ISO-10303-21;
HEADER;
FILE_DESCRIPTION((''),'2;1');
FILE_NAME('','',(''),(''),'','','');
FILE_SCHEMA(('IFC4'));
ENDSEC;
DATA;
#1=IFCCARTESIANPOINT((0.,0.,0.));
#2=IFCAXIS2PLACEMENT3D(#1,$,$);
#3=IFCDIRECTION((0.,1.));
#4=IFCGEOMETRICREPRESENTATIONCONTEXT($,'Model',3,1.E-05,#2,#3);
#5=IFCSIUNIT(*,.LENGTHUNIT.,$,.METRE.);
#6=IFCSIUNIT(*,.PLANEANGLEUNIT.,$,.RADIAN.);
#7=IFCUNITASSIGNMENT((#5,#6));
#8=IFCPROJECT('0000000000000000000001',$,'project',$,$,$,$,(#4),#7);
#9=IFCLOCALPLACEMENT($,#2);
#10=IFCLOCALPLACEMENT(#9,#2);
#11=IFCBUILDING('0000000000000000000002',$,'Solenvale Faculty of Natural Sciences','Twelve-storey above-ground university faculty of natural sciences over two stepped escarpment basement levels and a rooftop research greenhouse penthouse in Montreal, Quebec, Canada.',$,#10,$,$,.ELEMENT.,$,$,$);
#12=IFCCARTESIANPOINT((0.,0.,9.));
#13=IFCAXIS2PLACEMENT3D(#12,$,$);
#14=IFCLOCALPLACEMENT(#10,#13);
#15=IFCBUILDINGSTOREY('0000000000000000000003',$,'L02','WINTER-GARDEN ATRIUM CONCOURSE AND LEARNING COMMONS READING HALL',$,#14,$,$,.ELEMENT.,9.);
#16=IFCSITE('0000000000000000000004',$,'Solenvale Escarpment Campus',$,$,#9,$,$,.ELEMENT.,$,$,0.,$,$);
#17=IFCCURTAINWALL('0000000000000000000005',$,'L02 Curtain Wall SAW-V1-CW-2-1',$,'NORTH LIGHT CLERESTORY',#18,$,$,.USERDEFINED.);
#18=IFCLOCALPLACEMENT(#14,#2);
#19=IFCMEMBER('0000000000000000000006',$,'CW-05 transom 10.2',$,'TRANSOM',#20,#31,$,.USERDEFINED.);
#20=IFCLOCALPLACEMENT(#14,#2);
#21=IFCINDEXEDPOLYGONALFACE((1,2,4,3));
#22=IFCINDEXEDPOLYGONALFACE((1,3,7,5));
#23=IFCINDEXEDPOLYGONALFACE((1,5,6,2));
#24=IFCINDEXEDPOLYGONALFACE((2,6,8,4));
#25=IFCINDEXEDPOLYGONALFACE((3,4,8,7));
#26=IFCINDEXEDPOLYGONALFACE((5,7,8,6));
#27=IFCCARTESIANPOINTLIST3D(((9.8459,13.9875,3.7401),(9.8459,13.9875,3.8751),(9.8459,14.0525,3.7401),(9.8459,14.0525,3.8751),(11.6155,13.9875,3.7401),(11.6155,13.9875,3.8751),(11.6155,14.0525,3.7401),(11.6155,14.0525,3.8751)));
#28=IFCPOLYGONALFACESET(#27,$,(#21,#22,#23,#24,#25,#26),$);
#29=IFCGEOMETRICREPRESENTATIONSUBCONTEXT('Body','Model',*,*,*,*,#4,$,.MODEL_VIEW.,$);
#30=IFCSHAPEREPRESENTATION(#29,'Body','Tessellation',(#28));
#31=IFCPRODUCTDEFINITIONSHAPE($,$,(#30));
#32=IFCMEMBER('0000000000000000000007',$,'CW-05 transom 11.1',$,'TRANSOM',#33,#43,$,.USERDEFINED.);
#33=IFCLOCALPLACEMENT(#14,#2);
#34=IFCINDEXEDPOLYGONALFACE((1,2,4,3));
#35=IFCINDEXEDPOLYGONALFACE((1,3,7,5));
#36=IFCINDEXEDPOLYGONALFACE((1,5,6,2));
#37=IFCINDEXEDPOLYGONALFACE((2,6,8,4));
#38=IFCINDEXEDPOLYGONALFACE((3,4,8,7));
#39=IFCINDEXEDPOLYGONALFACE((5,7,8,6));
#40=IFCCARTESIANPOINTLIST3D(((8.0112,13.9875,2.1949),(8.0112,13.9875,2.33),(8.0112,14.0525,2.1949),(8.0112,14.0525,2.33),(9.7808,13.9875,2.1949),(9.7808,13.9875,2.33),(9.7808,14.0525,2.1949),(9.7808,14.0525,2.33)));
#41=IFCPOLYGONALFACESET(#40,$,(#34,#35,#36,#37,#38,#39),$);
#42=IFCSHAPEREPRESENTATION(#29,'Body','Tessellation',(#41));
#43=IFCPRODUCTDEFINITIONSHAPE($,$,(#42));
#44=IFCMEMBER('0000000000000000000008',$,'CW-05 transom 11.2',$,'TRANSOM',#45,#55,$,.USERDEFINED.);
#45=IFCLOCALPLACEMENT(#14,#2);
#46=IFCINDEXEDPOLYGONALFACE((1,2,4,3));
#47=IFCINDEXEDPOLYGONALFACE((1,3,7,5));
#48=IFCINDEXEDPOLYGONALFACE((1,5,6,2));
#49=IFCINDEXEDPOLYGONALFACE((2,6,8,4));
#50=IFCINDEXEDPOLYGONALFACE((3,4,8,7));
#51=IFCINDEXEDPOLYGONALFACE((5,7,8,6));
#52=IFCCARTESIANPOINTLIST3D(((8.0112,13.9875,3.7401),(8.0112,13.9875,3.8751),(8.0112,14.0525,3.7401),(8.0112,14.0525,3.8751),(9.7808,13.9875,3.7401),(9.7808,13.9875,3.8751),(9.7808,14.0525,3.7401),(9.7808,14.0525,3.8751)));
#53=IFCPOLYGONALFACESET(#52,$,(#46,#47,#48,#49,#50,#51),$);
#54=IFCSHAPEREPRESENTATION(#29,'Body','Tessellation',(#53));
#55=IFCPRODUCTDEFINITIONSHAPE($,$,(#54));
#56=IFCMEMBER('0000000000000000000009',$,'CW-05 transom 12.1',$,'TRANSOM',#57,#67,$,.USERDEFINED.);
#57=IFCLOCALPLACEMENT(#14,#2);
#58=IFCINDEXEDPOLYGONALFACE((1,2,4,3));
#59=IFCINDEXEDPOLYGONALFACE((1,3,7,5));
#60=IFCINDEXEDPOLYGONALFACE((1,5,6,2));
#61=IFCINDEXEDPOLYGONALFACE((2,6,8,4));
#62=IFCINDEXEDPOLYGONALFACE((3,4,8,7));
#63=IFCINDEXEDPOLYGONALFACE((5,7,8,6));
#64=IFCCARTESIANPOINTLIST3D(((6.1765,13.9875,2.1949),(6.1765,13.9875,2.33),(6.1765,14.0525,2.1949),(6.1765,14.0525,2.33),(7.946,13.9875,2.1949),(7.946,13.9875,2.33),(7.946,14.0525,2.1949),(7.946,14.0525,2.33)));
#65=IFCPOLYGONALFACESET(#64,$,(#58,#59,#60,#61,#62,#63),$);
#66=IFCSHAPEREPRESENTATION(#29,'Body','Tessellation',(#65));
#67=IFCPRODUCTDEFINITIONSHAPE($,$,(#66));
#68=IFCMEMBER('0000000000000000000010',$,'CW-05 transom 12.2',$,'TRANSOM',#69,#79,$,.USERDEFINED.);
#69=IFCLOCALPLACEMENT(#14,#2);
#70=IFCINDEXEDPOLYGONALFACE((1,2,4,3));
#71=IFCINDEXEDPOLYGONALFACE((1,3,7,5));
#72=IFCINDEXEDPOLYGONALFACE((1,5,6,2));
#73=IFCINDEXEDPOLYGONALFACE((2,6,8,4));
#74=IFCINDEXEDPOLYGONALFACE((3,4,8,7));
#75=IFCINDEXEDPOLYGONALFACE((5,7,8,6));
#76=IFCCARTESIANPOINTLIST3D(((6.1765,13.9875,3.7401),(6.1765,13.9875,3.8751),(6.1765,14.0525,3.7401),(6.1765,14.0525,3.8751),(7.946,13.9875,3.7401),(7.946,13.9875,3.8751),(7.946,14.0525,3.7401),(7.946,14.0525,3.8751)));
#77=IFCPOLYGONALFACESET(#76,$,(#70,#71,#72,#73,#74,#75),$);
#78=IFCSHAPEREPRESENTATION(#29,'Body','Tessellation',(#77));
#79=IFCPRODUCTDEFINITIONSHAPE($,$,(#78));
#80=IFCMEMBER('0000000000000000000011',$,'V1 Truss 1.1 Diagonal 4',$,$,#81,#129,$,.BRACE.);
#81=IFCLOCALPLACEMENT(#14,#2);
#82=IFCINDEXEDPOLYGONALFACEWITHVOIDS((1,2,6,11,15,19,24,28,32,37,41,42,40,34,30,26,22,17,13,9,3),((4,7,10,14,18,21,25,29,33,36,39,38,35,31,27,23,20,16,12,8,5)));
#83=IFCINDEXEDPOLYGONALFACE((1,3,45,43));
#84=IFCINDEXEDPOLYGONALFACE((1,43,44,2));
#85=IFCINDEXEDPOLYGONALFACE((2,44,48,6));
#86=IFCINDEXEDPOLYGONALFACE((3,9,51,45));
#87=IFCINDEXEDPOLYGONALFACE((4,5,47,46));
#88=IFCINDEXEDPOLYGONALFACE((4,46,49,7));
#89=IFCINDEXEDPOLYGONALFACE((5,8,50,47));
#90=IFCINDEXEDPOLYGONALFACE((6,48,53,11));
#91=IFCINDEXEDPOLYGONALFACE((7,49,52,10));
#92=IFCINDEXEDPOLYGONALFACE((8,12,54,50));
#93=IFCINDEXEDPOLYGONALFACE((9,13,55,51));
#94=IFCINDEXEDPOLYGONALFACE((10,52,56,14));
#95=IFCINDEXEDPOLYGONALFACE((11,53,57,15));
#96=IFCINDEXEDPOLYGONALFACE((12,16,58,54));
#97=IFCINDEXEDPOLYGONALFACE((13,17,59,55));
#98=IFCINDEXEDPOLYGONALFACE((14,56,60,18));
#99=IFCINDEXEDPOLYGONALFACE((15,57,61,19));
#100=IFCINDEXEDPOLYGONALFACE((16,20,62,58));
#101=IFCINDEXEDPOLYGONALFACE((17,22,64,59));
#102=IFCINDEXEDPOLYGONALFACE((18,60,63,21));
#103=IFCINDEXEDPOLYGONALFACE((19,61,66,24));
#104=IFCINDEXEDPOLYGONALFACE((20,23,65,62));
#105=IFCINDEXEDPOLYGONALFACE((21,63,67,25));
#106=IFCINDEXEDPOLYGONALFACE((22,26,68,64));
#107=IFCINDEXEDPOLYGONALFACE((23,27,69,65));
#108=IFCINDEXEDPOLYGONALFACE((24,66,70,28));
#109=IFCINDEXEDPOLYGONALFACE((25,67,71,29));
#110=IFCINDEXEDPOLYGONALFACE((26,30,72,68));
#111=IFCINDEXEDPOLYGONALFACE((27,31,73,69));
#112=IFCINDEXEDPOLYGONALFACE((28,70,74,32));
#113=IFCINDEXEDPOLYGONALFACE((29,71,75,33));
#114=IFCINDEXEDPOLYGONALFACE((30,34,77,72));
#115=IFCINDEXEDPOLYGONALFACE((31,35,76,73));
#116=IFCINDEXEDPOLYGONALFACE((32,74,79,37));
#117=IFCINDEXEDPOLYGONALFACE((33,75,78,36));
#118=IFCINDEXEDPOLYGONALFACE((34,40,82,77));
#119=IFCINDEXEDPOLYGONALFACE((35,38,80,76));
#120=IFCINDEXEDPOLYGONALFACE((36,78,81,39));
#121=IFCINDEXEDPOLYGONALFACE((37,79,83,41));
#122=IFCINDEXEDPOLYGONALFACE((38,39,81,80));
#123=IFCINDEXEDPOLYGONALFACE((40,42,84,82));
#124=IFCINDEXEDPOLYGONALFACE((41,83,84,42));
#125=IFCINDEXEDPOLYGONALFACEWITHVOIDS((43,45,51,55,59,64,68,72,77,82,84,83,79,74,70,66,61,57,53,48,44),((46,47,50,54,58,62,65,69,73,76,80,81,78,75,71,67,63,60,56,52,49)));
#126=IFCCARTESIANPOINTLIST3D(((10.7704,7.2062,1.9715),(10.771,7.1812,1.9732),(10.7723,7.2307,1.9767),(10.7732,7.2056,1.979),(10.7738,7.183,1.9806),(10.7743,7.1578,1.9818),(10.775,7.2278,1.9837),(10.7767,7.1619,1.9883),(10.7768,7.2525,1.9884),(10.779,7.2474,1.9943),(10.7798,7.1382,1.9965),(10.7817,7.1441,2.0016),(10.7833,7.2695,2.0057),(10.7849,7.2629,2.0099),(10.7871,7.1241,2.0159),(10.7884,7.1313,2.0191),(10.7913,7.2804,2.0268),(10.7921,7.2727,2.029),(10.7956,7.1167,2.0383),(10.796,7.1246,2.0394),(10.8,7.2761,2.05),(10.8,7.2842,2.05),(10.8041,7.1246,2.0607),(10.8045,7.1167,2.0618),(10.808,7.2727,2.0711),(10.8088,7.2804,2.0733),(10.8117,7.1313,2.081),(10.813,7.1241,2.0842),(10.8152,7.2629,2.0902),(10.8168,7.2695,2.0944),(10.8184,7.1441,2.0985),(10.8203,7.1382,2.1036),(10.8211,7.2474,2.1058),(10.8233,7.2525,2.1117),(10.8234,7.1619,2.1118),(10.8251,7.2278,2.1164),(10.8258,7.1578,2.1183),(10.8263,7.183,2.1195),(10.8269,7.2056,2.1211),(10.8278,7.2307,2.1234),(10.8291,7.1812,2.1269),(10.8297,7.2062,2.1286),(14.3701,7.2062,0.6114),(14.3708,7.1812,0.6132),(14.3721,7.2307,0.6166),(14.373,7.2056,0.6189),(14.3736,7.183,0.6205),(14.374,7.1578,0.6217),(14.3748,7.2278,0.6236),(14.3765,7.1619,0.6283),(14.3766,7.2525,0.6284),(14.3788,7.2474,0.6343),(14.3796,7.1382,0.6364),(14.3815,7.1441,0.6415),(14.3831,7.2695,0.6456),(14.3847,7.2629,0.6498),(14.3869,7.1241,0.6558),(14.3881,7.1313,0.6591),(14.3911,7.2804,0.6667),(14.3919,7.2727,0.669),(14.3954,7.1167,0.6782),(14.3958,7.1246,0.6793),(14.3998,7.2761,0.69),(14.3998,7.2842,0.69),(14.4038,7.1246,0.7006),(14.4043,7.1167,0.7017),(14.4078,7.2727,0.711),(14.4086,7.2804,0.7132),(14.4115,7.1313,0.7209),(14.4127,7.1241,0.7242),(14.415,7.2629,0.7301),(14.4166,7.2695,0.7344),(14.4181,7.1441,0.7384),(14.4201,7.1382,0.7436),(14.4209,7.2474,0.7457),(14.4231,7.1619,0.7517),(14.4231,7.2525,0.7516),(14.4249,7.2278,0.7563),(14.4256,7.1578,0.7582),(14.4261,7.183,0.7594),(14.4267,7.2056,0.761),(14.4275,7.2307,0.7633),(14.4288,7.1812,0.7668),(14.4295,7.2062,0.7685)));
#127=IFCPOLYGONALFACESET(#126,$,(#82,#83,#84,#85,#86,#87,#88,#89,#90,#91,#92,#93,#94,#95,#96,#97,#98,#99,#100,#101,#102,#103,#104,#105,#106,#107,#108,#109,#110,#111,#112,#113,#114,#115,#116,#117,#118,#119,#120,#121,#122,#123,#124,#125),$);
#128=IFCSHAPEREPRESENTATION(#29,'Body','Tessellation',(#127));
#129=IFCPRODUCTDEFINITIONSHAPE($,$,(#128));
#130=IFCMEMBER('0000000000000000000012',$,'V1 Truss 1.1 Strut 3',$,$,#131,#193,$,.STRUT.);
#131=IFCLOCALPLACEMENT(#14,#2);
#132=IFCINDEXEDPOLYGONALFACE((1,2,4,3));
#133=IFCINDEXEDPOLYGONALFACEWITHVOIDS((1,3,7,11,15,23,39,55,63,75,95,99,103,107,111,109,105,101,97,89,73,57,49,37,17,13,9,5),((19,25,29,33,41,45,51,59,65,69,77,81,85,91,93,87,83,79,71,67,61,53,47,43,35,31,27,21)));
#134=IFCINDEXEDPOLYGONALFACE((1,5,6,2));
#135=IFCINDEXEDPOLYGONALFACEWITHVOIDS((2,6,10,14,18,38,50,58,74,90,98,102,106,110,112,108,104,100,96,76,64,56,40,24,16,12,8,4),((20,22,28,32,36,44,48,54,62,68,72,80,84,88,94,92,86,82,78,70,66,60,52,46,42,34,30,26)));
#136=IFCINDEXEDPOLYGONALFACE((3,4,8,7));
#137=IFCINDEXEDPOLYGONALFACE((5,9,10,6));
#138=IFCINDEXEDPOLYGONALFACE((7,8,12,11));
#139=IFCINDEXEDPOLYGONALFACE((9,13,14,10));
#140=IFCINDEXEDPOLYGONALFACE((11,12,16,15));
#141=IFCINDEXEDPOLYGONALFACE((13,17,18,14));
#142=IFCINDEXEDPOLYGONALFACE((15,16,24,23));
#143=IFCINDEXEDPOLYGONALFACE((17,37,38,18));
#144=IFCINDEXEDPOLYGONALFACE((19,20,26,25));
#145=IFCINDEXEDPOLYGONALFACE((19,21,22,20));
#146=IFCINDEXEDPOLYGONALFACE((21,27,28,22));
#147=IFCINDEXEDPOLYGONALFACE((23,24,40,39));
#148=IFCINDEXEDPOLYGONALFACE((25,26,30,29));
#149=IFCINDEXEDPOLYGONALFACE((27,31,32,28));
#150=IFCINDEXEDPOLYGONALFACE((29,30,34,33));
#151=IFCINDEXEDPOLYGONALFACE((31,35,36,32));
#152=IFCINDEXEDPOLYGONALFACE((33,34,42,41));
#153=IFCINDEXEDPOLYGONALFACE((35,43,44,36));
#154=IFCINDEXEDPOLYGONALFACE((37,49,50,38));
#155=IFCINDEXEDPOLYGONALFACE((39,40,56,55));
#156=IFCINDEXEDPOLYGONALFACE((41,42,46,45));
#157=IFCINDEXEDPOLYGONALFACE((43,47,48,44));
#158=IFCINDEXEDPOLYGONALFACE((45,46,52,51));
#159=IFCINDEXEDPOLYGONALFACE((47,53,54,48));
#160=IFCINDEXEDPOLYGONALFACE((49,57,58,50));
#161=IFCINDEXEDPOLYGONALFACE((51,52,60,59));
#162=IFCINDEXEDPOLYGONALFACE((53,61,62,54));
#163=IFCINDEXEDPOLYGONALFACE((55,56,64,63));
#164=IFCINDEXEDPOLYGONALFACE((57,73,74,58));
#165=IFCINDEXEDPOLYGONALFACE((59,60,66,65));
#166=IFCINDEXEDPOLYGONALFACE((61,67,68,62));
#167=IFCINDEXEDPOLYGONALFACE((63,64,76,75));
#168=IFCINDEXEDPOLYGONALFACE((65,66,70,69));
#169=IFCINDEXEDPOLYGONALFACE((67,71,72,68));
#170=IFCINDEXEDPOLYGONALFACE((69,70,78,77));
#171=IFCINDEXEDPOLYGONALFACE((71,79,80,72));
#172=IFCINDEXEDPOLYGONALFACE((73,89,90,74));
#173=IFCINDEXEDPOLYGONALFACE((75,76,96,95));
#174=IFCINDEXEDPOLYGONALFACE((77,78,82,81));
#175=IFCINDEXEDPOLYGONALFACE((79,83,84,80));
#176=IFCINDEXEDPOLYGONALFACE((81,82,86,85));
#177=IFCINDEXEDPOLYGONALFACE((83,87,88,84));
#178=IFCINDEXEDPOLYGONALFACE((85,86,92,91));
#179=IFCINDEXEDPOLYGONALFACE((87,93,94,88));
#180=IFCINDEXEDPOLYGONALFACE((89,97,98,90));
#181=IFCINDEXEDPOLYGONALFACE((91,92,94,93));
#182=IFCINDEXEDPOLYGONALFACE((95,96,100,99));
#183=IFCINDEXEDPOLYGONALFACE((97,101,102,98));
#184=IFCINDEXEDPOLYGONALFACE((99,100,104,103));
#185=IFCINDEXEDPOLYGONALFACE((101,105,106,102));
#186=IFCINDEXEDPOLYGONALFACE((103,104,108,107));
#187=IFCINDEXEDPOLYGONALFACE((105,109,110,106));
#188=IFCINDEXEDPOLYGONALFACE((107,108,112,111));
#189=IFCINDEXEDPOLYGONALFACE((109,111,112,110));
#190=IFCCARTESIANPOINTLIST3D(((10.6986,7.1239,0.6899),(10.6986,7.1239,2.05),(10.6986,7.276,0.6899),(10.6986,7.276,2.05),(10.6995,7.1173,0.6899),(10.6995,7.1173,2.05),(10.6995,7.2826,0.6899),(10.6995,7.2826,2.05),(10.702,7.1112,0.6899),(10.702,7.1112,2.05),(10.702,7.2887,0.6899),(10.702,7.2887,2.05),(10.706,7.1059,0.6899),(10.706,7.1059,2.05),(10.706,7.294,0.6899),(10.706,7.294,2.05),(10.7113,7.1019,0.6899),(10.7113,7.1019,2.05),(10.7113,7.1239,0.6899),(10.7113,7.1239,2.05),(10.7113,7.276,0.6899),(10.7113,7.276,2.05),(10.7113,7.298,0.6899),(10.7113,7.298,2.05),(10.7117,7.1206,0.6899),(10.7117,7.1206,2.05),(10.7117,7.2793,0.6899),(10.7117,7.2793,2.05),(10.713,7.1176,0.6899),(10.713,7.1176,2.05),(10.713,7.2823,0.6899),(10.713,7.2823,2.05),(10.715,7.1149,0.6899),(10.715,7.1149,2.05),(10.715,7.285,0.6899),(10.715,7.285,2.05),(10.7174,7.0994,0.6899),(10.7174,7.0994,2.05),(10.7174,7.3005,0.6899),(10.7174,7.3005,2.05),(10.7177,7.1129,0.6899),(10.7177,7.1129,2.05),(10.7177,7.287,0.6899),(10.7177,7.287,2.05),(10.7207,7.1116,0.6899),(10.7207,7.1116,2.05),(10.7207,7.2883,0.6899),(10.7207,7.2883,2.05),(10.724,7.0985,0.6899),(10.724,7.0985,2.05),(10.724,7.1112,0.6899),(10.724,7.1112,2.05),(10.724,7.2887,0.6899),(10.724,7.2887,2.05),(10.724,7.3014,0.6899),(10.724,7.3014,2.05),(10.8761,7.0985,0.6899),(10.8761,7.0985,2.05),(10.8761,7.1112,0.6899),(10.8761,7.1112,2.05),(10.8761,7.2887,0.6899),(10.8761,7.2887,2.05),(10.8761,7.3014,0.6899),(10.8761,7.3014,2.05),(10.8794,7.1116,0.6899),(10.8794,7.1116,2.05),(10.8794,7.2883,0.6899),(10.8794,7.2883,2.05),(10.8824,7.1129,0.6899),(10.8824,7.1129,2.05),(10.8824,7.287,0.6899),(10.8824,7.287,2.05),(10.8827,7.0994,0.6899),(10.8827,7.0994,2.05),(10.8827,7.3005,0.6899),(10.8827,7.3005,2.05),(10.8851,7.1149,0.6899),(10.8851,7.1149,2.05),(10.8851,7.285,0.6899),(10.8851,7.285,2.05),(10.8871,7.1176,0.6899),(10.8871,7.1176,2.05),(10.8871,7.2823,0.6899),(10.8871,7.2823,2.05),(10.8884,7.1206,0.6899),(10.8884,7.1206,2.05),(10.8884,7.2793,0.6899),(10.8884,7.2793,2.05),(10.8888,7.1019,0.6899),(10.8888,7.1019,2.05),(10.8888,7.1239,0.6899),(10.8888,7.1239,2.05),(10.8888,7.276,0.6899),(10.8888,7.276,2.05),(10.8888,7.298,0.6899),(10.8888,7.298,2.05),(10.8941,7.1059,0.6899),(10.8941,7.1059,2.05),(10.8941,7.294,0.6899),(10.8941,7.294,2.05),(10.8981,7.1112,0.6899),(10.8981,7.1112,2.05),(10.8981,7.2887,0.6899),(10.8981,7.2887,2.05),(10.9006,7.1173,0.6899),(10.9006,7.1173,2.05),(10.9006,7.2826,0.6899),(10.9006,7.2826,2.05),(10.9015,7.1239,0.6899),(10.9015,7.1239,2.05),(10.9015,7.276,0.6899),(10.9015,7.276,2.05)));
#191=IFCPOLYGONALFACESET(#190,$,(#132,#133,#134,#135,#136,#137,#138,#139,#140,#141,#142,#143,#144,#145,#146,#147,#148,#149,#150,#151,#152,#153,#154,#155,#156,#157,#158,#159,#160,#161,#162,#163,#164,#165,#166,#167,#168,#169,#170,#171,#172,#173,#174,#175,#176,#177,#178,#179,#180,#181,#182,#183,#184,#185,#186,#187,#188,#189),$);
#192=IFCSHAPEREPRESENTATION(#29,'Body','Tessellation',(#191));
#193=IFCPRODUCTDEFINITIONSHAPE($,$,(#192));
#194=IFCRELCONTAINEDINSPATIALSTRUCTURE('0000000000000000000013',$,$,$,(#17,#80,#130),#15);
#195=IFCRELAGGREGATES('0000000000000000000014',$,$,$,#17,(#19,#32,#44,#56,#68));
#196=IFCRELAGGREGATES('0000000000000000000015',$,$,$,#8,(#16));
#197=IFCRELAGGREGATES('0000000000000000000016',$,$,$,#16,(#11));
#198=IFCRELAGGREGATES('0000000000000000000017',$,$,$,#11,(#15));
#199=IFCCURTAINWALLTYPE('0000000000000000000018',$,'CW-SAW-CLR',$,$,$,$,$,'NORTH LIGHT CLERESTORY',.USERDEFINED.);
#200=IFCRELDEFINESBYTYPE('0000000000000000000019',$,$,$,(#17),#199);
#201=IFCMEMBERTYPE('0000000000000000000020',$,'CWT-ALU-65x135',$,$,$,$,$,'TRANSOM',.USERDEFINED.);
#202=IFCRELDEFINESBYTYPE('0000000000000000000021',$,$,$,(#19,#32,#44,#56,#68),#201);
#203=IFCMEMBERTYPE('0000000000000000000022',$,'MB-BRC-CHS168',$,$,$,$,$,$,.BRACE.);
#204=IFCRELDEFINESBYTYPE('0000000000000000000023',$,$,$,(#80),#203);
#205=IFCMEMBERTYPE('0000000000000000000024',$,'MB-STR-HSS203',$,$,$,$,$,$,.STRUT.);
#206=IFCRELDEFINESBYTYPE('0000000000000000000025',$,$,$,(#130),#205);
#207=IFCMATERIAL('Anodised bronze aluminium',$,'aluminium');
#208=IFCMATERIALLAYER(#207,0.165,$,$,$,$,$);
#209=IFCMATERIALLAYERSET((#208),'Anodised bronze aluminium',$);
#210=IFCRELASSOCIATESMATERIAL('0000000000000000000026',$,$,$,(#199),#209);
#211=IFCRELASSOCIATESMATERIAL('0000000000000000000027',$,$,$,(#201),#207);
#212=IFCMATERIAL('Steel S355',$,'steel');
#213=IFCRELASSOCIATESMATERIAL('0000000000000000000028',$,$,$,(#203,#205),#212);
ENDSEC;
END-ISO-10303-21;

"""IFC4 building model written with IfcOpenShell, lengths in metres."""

from ifc_helpers import new_model, si_unit, direction, frame, origin, origin_2d, place, context, subcontext, project, spatial, rectangle, hollow_rectangle, hollow_circle, extrude, material, layer, layer_set, material_profile, profile_set, type_object, element, aggregate, save


model = new_model("IFC4")

# Units and contexts
model_context = context("Model", 3, precision=1e-05, world=origin(), true_north=direction((0.0, 1.0)))
body_context = subcontext(model_context, "Body", "Model", "MODEL_VIEW")
ifc_project = project(units=[si_unit("LENGTHUNIT", "METRE"), si_unit("PLANEANGLEUNIT", "RADIAN")], contexts=[model_context])

# Site, building, storey
site_placement = place(None, origin())
site = spatial("IfcSite", under=ifc_project, at=site_placement, Name="Solenvale Escarpment Campus", CompositionType="ELEMENT", RefElevation=0.0)
building_placement = place(site_placement, origin())
building = spatial("IfcBuilding", under=site, at=building_placement, Name="Solenvale Faculty of Natural Sciences", Description="Twelve-storey above-ground university faculty of natural sciences over two stepped escarpment basement levels and a rooftop research greenhouse penthouse in Montreal, Quebec, Canada.", CompositionType="ELEMENT")
storey_placement = place(building_placement, frame((0.0, 0.0, 9.0)))
storey = spatial("IfcBuildingStorey", under=building, at=storey_placement, Name="L02", Description="WINTER-GARDEN ATRIUM CONCOURSE AND LEARNING COMMONS READING HALL", CompositionType="ELEMENT", Elevation=9.0)

# Curtain wall
ifc_material_1 = material(Name="Anodised bronze aluminium", Category="aluminium")
ifc_layer_1 = layer(ifc_material_1, 0.165)
ifc_layer_set_1 = layer_set([ifc_layer_1], Name="Anodised bronze aluminium")
curtain_wall_type = type_object("IfcCurtainWallType", Name="CW-SAW-CLR", ElementType="NORTH LIGHT CLERESTORY", PredefinedType="USERDEFINED", material=ifc_layer_set_1)
curtain_wall_1_placement = place(storey_placement, origin())
curtain_wall_1 = element("IfcCurtainWall", 1, at=curtain_wall_1_placement, inside=storey, type_object=curtain_wall_type, Name="L02 Curtain Wall SAW-V1-CW-2-1", ObjectType="NORTH LIGHT CLERESTORY", PredefinedType="USERDEFINED")

# Members
ifc_material_profile_1 = material_profile(ifc_material_1, rectangle(XDim=0.0649, YDim=0.135, at=origin_2d()), Name="ALU-TRN-65x135")
ifc_profile_set_1 = profile_set([ifc_material_profile_1], Name="Anodised bronze aluminium")
member_type_1 = type_object("IfcMemberType", Name="CWT-ALU-65x135", ElementType="TRANSOM", PredefinedType="USERDEFINED", material=ifc_profile_set_1)
member_1_placement = place(storey_placement, frame((11.6155, 14.02, 3.8076), z_axis=(-1.0, 0.0, 0.0), x_axis=(0.0, -1.0, 0.0)))
member_1 = element("IfcMember", 2, at=member_1_placement, type_object=member_type_1, Name="CW-05 transom 10.2", ObjectType="TRANSOM", PredefinedType="USERDEFINED", context=body_context, shape_type="SweptSolid", body=[
    extrude(rectangle(XDim=0.0649, YDim=0.135, at=origin_2d()), origin(), (0.0, 0.0, 1.0), 1.7695),
])
member_2_placement = place(storey_placement, frame((9.7808, 14.02, 2.2625), z_axis=(-1.0, 0.0, 0.0), x_axis=(0.0, -1.0, 0.0)))
member_2 = element("IfcMember", 3, at=member_2_placement, type_object=member_type_1, Name="CW-05 transom 11.1", ObjectType="TRANSOM", PredefinedType="USERDEFINED", context=body_context, shape_type="SweptSolid", body=[
    extrude(rectangle(XDim=0.0649, YDim=0.135, at=origin_2d()), origin(), (0.0, 0.0, 1.0), 1.7695),
])
member_3_placement = place(storey_placement, frame((9.7808, 14.02, 3.8076), z_axis=(-1.0, 0.0, 0.0), x_axis=(0.0, -1.0, 0.0)))
member_3 = element("IfcMember", 4, at=member_3_placement, type_object=member_type_1, Name="CW-05 transom 11.2", ObjectType="TRANSOM", PredefinedType="USERDEFINED", context=body_context, shape_type="SweptSolid", body=[
    extrude(rectangle(XDim=0.0649, YDim=0.135, at=origin_2d()), origin(), (0.0, 0.0, 1.0), 1.7695),
])
member_4_placement = place(storey_placement, frame((7.946, 14.02, 2.2625), z_axis=(-1.0, 0.0, 0.0), x_axis=(0.0, -1.0, 0.0)))
member_4 = element("IfcMember", 5, at=member_4_placement, type_object=member_type_1, Name="CW-05 transom 12.1", ObjectType="TRANSOM", PredefinedType="USERDEFINED", context=body_context, shape_type="SweptSolid", body=[
    extrude(rectangle(XDim=0.0649, YDim=0.135, at=origin_2d()), origin(), (0.0, 0.0, 1.0), 1.7695),
])
member_5_placement = place(storey_placement, frame((7.946, 14.02, 3.8076), z_axis=(-1.0, 0.0, 0.0), x_axis=(0.0, -1.0, 0.0)))
member_5 = element("IfcMember", 6, at=member_5_placement, type_object=member_type_1, Name="CW-05 transom 12.2", ObjectType="TRANSOM", PredefinedType="USERDEFINED", context=body_context, shape_type="SweptSolid", body=[
    extrude(rectangle(XDim=0.0649, YDim=0.135, at=origin_2d()), origin(), (0.0, 0.0, 1.0), 1.7695),
])

# Members
ifc_material_2 = material(Name="Steel S355", Category="steel")
ifc_material_profile_2 = material_profile(ifc_material_2, hollow_circle(Radius=0.0842, WallThickness=0.0081, at=origin_2d()), Name="HSS168x8.0")
ifc_profile_set_2 = profile_set([ifc_material_profile_2], Name="Steel S355")
member_type_2 = type_object("IfcMemberType", Name="MB-BRC-CHS168", PredefinedType="BRACE", material=ifc_profile_set_2)
member_6_placement = place(storey_placement, frame((10.8, 7.2, 2.05), z_axis=(0.935458, 0.0, -0.353438), x_axis=(0.0, 1.0, 0.0)))
element("IfcMember", 7, at=member_6_placement, inside=storey, type_object=member_type_2, Name="V1 Truss 1.1 Diagonal 4", PredefinedType="BRACE", context=body_context, shape_type="SweptSolid", body=[
    extrude(hollow_circle(Radius=0.0842, WallThickness=0.0081, at=origin_2d()), origin(), (0.0, 0.0, 1.0), 3.8481),
])
ifc_material_profile_3 = material_profile(ifc_material_2, hollow_rectangle(XDim=0.2029, YDim=0.2029, WallThickness=0.0127, InnerFilletRadius=0.0127, OuterFilletRadius=0.0254, at=origin_2d()), Name="HSS203x203x13")
ifc_profile_set_3 = profile_set([ifc_material_profile_3], Name="Steel S355")
member_type_3 = type_object("IfcMemberType", Name="MB-STR-HSS203", PredefinedType="STRUT", material=ifc_profile_set_3)
member_7_placement = place(storey_placement, frame((10.8, 7.2, 0.6899), z_axis=(0.0, 0.0, 1.0), x_axis=(1.0, 0.0, 0.0)))
element("IfcMember", 8, at=member_7_placement, inside=storey, type_object=member_type_3, Name="V1 Truss 1.1 Strut 3", PredefinedType="STRUT", context=body_context, shape_type="SweptSolid", body=[
    extrude(hollow_rectangle(XDim=0.2029, YDim=0.2029, WallThickness=0.0127, InnerFilletRadius=0.0127, OuterFilletRadius=0.0254, at=origin_2d()), origin(), (0.0, 0.0, 1.0), 1.3601),
])

aggregate(curtain_wall_1, [member_1, member_2, member_3, member_4, member_5])

save(model, "model.ifc")
